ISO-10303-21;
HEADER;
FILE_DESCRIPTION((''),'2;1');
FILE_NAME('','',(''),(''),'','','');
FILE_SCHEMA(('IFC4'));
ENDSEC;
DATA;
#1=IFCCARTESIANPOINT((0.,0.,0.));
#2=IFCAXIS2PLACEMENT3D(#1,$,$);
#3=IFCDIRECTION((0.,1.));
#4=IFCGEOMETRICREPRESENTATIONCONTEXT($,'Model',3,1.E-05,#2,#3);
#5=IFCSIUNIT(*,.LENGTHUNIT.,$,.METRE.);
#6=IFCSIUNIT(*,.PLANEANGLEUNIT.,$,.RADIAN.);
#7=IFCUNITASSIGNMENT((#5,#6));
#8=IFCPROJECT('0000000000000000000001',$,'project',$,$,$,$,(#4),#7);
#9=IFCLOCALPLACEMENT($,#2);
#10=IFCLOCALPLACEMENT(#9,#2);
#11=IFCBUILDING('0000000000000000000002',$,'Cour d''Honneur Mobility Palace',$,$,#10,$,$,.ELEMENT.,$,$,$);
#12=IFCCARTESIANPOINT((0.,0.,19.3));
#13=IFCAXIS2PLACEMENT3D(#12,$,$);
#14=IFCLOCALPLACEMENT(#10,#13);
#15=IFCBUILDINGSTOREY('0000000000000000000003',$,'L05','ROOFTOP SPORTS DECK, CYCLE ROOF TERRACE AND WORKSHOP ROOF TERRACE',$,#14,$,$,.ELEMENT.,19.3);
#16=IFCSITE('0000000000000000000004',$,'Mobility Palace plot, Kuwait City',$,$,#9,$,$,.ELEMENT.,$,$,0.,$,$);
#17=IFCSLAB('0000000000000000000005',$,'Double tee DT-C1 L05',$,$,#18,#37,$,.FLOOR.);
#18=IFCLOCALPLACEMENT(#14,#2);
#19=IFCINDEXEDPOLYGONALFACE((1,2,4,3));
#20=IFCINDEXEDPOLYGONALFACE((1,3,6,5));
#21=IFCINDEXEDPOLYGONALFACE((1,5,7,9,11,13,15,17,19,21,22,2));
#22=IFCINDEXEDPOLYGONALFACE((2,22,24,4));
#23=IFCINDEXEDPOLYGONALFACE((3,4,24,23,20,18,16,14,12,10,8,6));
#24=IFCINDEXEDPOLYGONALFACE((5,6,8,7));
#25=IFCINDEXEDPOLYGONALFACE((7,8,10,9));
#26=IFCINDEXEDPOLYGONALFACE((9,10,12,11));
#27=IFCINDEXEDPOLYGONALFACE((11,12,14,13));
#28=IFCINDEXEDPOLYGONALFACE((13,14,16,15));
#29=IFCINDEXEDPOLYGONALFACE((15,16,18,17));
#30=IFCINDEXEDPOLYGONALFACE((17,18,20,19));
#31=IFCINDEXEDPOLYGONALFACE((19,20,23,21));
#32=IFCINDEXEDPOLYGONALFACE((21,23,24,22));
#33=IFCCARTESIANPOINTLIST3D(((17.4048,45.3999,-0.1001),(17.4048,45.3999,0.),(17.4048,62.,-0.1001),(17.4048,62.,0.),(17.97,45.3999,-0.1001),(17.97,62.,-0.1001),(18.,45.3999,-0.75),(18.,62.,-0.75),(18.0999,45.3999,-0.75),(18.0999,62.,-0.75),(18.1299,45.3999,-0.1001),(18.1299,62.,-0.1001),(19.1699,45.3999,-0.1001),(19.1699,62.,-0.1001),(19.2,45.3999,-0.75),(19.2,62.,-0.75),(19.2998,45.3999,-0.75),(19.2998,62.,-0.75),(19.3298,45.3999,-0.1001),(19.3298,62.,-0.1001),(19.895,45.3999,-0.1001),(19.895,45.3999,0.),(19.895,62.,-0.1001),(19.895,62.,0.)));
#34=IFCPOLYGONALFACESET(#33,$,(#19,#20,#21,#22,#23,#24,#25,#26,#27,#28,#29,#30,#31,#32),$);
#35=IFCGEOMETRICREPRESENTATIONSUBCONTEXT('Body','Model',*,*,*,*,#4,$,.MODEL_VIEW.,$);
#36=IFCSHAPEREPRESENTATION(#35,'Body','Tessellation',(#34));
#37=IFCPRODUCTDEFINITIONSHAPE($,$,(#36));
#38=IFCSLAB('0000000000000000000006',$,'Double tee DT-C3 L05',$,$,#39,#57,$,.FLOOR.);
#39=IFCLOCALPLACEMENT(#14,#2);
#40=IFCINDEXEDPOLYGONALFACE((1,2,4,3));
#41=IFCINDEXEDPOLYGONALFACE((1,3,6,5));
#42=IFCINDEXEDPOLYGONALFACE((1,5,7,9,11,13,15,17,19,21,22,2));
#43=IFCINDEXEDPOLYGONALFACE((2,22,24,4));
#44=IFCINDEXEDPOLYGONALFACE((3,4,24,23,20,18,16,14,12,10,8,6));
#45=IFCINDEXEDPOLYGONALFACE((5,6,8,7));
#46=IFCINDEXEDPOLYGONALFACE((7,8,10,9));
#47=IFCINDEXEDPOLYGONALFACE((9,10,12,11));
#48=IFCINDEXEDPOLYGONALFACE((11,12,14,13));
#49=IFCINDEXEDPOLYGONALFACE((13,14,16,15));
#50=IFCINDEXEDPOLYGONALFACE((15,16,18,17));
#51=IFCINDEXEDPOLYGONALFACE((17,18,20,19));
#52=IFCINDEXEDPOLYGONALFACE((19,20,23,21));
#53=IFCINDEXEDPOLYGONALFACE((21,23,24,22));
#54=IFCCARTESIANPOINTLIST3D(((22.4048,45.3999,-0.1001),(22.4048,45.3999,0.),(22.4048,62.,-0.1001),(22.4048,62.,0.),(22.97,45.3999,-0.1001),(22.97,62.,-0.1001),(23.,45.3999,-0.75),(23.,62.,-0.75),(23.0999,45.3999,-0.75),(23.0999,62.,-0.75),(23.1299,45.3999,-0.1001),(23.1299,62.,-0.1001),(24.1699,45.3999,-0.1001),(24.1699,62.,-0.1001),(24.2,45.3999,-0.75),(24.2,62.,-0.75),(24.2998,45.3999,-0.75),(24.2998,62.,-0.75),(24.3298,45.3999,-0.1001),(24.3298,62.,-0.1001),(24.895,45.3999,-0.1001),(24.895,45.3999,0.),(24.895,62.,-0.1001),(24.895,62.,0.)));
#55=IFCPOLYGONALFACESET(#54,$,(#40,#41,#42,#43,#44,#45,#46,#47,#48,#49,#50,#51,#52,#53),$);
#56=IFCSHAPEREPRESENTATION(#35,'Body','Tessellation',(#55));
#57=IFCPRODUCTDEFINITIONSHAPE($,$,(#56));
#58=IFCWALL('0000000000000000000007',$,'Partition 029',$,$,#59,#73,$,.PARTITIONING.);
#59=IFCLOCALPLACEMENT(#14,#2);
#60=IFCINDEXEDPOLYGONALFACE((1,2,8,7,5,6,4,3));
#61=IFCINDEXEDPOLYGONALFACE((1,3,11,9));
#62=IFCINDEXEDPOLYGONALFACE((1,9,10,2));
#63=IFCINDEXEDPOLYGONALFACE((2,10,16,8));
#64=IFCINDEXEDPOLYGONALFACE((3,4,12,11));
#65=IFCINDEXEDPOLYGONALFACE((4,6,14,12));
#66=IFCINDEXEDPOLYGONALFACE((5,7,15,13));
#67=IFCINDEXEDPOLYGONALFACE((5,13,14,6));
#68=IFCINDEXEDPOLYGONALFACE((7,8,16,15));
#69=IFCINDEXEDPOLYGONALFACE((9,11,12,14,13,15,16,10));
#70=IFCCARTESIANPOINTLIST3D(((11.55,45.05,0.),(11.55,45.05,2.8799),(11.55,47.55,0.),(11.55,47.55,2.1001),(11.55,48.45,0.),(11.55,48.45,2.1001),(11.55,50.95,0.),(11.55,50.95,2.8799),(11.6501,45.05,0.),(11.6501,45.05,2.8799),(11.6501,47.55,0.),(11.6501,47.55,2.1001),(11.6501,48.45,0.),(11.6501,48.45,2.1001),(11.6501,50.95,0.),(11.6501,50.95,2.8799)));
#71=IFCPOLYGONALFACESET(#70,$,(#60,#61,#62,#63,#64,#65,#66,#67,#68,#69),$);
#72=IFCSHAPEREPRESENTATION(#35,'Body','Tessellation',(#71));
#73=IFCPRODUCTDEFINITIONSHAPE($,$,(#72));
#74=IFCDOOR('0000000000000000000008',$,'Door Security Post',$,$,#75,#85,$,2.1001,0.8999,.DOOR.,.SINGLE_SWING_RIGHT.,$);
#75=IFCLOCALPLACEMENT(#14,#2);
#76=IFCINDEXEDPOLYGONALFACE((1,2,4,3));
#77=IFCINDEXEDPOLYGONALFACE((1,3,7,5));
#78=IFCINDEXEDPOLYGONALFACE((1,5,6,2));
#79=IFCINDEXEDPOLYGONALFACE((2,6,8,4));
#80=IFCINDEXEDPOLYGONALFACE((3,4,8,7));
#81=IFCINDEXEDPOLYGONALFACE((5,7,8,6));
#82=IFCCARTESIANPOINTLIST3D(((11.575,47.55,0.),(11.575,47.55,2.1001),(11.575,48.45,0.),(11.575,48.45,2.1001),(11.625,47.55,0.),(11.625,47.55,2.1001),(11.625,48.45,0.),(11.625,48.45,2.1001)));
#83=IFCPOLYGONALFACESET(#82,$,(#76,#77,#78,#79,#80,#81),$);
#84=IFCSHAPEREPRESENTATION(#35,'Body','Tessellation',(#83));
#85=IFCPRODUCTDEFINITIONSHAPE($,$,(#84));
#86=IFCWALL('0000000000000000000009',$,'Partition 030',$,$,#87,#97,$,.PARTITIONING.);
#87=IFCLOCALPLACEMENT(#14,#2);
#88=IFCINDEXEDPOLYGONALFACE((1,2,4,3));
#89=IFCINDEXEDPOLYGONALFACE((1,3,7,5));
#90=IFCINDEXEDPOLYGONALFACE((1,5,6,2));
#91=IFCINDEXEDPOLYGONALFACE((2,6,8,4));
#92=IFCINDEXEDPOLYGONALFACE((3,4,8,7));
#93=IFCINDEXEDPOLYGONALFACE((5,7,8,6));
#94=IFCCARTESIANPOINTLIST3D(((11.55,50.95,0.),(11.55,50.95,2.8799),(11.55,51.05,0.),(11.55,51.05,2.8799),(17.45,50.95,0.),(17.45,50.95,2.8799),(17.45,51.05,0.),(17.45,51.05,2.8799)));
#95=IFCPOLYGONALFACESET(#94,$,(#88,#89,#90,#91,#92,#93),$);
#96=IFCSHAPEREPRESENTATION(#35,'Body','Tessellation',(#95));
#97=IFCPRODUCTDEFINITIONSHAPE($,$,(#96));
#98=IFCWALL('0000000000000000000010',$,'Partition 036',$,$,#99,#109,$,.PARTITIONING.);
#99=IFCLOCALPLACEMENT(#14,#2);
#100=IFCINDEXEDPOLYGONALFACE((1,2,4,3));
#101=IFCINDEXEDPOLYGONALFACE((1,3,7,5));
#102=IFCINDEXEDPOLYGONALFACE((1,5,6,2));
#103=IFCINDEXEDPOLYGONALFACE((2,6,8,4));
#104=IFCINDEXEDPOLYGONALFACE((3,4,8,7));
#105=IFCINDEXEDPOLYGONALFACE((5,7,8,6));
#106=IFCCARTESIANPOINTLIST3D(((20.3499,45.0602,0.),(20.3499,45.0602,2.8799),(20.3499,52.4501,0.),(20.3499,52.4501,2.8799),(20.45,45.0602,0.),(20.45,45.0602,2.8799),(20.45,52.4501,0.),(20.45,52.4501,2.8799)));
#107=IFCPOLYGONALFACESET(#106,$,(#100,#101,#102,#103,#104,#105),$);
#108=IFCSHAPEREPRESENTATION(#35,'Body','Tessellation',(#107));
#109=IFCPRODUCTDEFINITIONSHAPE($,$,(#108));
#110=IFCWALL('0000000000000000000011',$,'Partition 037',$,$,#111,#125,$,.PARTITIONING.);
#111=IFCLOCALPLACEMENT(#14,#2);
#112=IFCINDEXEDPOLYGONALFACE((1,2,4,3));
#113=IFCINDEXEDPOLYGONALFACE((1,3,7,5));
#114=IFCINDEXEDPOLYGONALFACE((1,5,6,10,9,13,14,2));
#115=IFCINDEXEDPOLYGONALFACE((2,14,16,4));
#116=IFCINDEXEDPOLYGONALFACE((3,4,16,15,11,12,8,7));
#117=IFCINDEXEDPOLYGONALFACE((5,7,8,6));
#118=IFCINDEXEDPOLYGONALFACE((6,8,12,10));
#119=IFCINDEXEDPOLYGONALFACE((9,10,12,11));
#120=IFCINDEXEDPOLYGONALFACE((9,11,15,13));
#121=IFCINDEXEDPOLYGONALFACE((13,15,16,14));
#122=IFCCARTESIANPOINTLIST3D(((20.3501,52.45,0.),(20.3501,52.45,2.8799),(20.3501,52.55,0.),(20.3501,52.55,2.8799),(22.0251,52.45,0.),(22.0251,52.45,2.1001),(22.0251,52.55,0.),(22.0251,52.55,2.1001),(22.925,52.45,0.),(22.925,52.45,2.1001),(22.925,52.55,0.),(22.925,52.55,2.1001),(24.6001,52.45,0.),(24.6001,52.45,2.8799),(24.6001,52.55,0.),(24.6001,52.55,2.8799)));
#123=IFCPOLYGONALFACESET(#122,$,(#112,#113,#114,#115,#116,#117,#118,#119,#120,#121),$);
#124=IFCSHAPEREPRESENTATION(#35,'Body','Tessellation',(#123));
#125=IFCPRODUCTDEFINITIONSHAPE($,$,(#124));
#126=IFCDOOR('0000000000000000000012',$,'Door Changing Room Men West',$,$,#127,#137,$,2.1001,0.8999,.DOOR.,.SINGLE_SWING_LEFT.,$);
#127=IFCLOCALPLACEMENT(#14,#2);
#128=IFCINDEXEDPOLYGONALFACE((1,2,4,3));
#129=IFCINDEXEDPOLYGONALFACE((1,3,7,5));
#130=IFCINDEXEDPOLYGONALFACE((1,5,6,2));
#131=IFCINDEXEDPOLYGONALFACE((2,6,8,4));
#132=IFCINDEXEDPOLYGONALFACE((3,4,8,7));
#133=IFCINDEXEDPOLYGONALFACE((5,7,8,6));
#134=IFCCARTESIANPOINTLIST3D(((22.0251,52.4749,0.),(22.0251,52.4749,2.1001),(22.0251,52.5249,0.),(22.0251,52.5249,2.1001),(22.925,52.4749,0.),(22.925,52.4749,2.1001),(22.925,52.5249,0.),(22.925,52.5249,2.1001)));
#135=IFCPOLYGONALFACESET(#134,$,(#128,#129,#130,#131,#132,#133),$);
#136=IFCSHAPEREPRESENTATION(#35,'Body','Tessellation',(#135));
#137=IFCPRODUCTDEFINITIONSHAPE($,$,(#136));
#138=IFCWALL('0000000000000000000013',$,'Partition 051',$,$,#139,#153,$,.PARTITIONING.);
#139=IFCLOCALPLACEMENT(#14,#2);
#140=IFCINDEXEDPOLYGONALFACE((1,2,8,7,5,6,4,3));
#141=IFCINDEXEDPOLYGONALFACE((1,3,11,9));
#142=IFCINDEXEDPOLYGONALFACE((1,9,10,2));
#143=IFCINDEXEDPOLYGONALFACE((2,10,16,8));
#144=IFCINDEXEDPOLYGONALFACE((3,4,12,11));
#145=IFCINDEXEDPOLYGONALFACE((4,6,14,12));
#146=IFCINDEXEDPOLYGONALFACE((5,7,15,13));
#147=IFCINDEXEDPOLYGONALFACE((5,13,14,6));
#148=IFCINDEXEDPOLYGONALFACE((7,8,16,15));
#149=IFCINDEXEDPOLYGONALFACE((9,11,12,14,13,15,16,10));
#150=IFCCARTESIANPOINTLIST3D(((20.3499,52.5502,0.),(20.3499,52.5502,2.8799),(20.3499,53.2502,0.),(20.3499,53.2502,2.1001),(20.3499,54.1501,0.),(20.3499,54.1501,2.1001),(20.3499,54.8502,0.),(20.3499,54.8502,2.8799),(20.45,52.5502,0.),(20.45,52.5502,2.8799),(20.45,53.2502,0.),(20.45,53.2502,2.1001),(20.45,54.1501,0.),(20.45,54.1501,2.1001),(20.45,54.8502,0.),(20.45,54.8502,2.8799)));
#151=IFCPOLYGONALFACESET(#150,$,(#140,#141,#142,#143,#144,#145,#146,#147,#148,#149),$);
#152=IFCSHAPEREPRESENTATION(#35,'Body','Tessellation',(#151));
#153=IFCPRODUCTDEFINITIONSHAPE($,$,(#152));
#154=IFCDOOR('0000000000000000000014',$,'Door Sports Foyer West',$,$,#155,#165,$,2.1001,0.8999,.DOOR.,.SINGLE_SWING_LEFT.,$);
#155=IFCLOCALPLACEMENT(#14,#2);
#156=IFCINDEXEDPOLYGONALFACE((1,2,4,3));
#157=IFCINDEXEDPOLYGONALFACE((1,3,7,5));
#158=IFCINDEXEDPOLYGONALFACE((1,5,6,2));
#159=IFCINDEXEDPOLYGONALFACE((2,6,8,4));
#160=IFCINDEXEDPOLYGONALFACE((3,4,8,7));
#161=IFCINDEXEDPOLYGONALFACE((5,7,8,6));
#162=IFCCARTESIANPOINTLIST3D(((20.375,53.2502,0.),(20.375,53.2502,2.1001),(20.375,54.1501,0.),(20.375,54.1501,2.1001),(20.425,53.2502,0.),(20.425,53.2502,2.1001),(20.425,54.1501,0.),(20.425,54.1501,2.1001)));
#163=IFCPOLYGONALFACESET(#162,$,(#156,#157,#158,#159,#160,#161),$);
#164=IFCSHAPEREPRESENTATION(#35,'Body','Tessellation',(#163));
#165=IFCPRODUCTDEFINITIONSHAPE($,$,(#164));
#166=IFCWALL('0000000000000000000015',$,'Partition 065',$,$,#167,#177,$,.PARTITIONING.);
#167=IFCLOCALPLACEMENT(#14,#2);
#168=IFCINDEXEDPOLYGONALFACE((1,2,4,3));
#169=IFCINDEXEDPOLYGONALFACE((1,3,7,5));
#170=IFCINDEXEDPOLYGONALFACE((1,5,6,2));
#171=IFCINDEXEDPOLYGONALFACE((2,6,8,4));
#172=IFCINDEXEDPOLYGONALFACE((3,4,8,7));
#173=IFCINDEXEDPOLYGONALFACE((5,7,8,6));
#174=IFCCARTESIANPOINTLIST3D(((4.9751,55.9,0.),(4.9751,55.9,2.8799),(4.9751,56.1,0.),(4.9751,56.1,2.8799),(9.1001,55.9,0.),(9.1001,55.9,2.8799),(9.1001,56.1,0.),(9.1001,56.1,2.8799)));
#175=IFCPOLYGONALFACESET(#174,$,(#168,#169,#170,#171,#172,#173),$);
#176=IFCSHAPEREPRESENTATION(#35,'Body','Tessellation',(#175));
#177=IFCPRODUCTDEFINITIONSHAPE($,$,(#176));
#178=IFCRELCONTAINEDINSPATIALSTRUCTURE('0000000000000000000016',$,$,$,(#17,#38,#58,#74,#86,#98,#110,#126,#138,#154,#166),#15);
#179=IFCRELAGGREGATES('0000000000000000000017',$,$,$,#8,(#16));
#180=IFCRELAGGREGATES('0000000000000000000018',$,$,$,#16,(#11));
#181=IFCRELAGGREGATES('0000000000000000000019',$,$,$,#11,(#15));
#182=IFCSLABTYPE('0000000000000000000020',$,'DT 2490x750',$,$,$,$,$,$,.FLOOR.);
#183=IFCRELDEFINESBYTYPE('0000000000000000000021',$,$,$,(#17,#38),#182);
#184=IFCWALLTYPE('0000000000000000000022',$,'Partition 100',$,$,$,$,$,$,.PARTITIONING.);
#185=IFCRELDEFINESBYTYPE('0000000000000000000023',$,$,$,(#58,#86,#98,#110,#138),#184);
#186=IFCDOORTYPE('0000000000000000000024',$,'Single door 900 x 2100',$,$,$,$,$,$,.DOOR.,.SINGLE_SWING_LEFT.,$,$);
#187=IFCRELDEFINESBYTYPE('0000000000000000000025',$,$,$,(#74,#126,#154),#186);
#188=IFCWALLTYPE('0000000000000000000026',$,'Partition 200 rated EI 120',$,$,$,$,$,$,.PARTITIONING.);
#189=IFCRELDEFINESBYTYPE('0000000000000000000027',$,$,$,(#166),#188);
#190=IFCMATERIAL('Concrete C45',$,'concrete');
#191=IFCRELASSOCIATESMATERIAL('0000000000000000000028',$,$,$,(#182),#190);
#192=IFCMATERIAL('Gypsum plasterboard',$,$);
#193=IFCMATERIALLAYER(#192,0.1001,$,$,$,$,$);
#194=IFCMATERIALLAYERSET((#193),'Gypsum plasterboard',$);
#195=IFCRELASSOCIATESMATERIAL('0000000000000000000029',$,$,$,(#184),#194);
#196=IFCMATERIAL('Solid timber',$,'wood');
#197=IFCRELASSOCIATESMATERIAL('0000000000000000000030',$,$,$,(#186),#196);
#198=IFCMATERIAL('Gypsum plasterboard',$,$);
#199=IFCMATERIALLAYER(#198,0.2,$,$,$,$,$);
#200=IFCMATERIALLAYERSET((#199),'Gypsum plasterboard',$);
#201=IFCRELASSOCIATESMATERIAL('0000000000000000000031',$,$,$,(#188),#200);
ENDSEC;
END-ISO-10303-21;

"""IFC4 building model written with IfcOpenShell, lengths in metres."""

from ifc_helpers import new_model, si_unit, direction, frame, frame_2d, origin, place, context, subcontext, project, spatial, polyline, rectangle, outline, extrude, material, layer, layer_set, material_profile, profile_set, type_object, element, fill, save


model = new_model("IFC4")

# Units and contexts
model_context = context("Model", 3, precision=1e-05, world=origin(), true_north=direction((0.0, 1.0)))
body_context = subcontext(model_context, "Body", "Model", "MODEL_VIEW")
ifc_project = project(units=[si_unit("LENGTHUNIT", "METRE"), si_unit("PLANEANGLEUNIT", "RADIAN")], contexts=[model_context])

# Site, building, storey
site_placement = place(None, origin())
site = spatial("IfcSite", under=ifc_project, at=site_placement, Name="Mobility Palace plot, Kuwait City", CompositionType="ELEMENT", RefElevation=0.0)
building_placement = place(site_placement, origin())
building = spatial("IfcBuilding", under=site, at=building_placement, Name="Cour d'Honneur Mobility Palace", CompositionType="ELEMENT")
storey_placement = place(building_placement, frame((0.0, 0.0, 19.3)))
storey = spatial("IfcBuildingStorey", under=building, at=storey_placement, Name="L05", Description="ROOFTOP SPORTS DECK, CYCLE ROOF TERRACE AND WORKSHOP ROOF TERRACE", CompositionType="ELEMENT", Elevation=19.3)

# Slabs
ifc_material_1 = material(Name="Concrete C45", Category="concrete")
ifc_material_profile_1 = material_profile(ifc_material_1, outline(polyline([(-1.2451, 0.0), (1.2451, 0.0), (1.2451, -0.1001), (0.6799, -0.1001), (0.6499, -0.75), (0.55, -0.75), (0.52, -0.1001), (-0.52, -0.1001), (-0.55, -0.75), (-0.6499, -0.75), (-0.6799, -0.1001), (-1.2451, -0.1001), (-1.2451, 0.0)])), Name="DT 2490x750")
ifc_profile_set_1 = profile_set([ifc_material_profile_1], Name="Concrete C45")
slab_type = type_object("IfcSlabType", Name="DT 2490x750", PredefinedType="FLOOR", material=ifc_profile_set_1)
for number, where, z_axis, x_axis, name in (
    (1, (18.6499, 45.3999, 0.0), (0.0, 1.0, 0.0), (-1.0, 0.0, 0.0), "Double tee DT-C1 L05"),
    (2, (23.6499, 45.3999, 0.0), (0.0, 1.0, 0.0), (-1.0, 0.0, 0.0), "Double tee DT-C3 L05"),
):
    element("IfcSlab", number, at=place(storey_placement, frame(where, z_axis=z_axis, x_axis=x_axis)), inside=storey, type_object=slab_type, Name=name, PredefinedType="FLOOR", context=body_context, shape_type="SweptSolid", body=[
        extrude(outline(polyline([(-1.2451, 0.0), (1.2451, 0.0), (1.2451, -0.1001), (0.6799, -0.1001), (0.6499, -0.75), (0.55, -0.75), (0.52, -0.1001), (-0.52, -0.1001), (-0.55, -0.75), (-0.6499, -0.75), (-0.6799, -0.1001), (-1.2451, -0.1001), (-1.2451, 0.0)])), origin(), (0.0, 0.0, 1.0), 16.6001),
    ])

# Wall, opening, door
ifc_material_2 = material(Name="Gypsum plasterboard")
ifc_layer_1 = layer(ifc_material_2, 0.1001)
ifc_layer_set_1 = layer_set([ifc_layer_1], Name="Gypsum plasterboard")
wall_type_1 = type_object("IfcWallType", Name="Partition 100", PredefinedType="PARTITIONING", material=ifc_layer_set_1)
wall_1_placement = place(storey_placement, frame((11.6001, 50.95, 0.0), z_axis=(0.0, 0.0, 1.0), x_axis=(0.0, -1.0, 0.0)))
wall_1 = element("IfcWall", 3, at=wall_1_placement, inside=storey, type_object=wall_type_1, Name="Partition 029", PredefinedType="PARTITIONING", context=body_context, shape_type="SweptSolid", body=[
    extrude(rectangle(XDim=5.8999, YDim=0.1001, at=frame_2d((2.95, 0.0))), origin(), (0.0, 0.0, 1.0), 2.8799),
])
opening_1_placement = place(wall_1_placement, frame((2.5, 0.0, 0.0)))
opening_1 = element("IfcOpeningElement", 4, at=opening_1_placement, cuts=wall_1, PredefinedType="OPENING", context=body_context, shape_type="SweptSolid", body=[
    extrude(rectangle(XDim=0.8999, YDim=2.1001, at=frame_2d((0.45, 1.05))), frame((0.0, 0.0601, 0.0), z_axis=(0.0, -1.0, 0.0), x_axis=(1.0, 0.0, 0.0)), (0.0, 0.0, 1.0), 0.1201),
])
ifc_material_3 = material(Name="Solid timber", Category="wood")
door_type = type_object("IfcDoorType", Name="Single door 900 x 2100", OperationType="SINGLE_SWING_LEFT", PredefinedType="DOOR", material=ifc_material_3)
door_1_placement = place(opening_1_placement, origin())
door_1 = element("IfcDoor", 5, at=door_1_placement, inside=storey, type_object=door_type, Name="Door Security Post", OperationType="SINGLE_SWING_RIGHT", OverallHeight=2.1001, OverallWidth=0.8999, PredefinedType="DOOR", context=body_context, shape_type="SweptSolid", body=[
    extrude(rectangle(XDim=0.8999, YDim=2.1001, at=frame_2d((0.45, 1.05))), frame((0.0, 0.0249, 0.0), z_axis=(0.0, -1.0, 0.0), x_axis=(1.0, 0.0, 0.0)), (0.0, 0.0, 1.0), 0.05),
])
fill(opening_1, door_1)

# Walls
wall_2_placement = place(storey_placement, frame((17.45, 51.0, 0.0), z_axis=(0.0, 0.0, 1.0), x_axis=(-1.0, 0.0, 0.0)))
element("IfcWall", 6, at=wall_2_placement, inside=storey, type_object=wall_type_1, Name="Partition 030", PredefinedType="PARTITIONING", context=body_context, shape_type="SweptSolid", body=[
    extrude(rectangle(XDim=5.8999, YDim=0.1001, at=frame_2d((2.95, 0.0))), origin(), (0.0, 0.0, 1.0), 2.8799),
])
wall_3_placement = place(storey_placement, frame((20.3999, 52.45, 0.0), z_axis=(0.0, 0.0, 1.0), x_axis=(0.0, -1.0, 0.0)))
element("IfcWall", 7, at=wall_3_placement, inside=storey, type_object=wall_type_1, Name="Partition 036", PredefinedType="PARTITIONING", context=body_context, shape_type="SweptSolid", body=[
    extrude(rectangle(XDim=7.3899, YDim=0.1001, at=frame_2d((3.6948, 0.0))), origin(), (0.0, 0.0, 1.0), 2.8799),
])

# Walls, openings, doors
wall_4_placement = place(storey_placement, frame((20.3501, 52.5, 0.0), z_axis=(0.0, 0.0, 1.0), x_axis=(1.0, 0.0, 0.0)))
wall_4 = element("IfcWall", 8, at=wall_4_placement, inside=storey, type_object=wall_type_1, Name="Partition 037", PredefinedType="PARTITIONING", context=body_context, shape_type="SweptSolid", body=[
    extrude(rectangle(XDim=4.25, YDim=0.1001, at=frame_2d((2.125, 0.0))), origin(), (0.0, 0.0, 1.0), 2.8799),
])
opening_2_placement = place(wall_4_placement, frame((1.675, 0.0, 0.0)))
opening_2 = element("IfcOpeningElement", 9, at=opening_2_placement, cuts=wall_4, PredefinedType="OPENING", context=body_context, shape_type="SweptSolid", body=[
    extrude(rectangle(XDim=0.8999, YDim=2.1001, at=frame_2d((0.45, 1.05))), frame((0.0, 0.0601, 0.0), z_axis=(0.0, -1.0, 0.0), x_axis=(1.0, 0.0, 0.0)), (0.0, 0.0, 1.0), 0.1201),
])
door_2_placement = place(opening_2_placement, origin())
door_2 = element("IfcDoor", 10, at=door_2_placement, inside=storey, type_object=door_type, Name="Door Changing Room Men West", OperationType="SINGLE_SWING_LEFT", OverallHeight=2.1001, OverallWidth=0.8999, PredefinedType="DOOR", context=body_context, shape_type="SweptSolid", body=[
    extrude(rectangle(XDim=0.8999, YDim=2.1001, at=frame_2d((0.45, 1.05))), frame((0.0, 0.0249, 0.0), z_axis=(0.0, -1.0, 0.0), x_axis=(1.0, 0.0, 0.0)), (0.0, 0.0, 1.0), 0.05),
])
fill(opening_2, door_2)
wall_5_placement = place(storey_placement, frame((20.3999, 54.8501, 0.0), z_axis=(0.0, 0.0, 1.0), x_axis=(0.0, -1.0, 0.0)))
wall_5 = element("IfcWall", 11, at=wall_5_placement, inside=storey, type_object=wall_type_1, Name="Partition 051", PredefinedType="PARTITIONING", context=body_context, shape_type="SweptSolid", body=[
    extrude(rectangle(XDim=2.3, YDim=0.1001, at=frame_2d((1.1499, 0.0))), origin(), (0.0, 0.0, 1.0), 2.8799),
])
opening_3_placement = place(wall_5_placement, frame((0.7, 0.0, 0.0)))
opening_3 = element("IfcOpeningElement", 12, at=opening_3_placement, cuts=wall_5, PredefinedType="OPENING", context=body_context, shape_type="SweptSolid", body=[
    extrude(rectangle(XDim=0.8999, YDim=2.1001, at=frame_2d((0.45, 1.05))), frame((0.0, 0.0601, 0.0), z_axis=(0.0, -1.0, 0.0), x_axis=(1.0, 0.0, 0.0)), (0.0, 0.0, 1.0), 0.1201),
])
door_3_placement = place(opening_3_placement, frame((0.8999, 0.0, 0.0), z_axis=(0.0, 0.0, 1.0), x_axis=(-1.0, 0.0, 0.0)))
door_3 = element("IfcDoor", 13, at=door_3_placement, inside=storey, type_object=door_type, Name="Door Sports Foyer West", OperationType="SINGLE_SWING_LEFT", OverallHeight=2.1001, OverallWidth=0.8999, PredefinedType="DOOR", context=body_context, shape_type="SweptSolid", body=[
    extrude(rectangle(XDim=0.8999, YDim=2.1001, at=frame_2d((0.45, 1.05))), frame((0.0, 0.0249, 0.0), z_axis=(0.0, -1.0, 0.0), x_axis=(1.0, 0.0, 0.0)), (0.0, 0.0, 1.0), 0.05),
])
fill(opening_3, door_3)

# Wall
ifc_material_4 = material(Name="Gypsum plasterboard")
ifc_layer_2 = layer(ifc_material_4, 0.2)
ifc_layer_set_2 = layer_set([ifc_layer_2], Name="Gypsum plasterboard")
wall_type_2 = type_object("IfcWallType", Name="Partition 200 rated EI 120", PredefinedType="PARTITIONING", material=ifc_layer_set_2)
wall_6_placement = place(storey_placement, frame((9.1001, 56.0, 0.0), z_axis=(0.0, 0.0, 1.0), x_axis=(-1.0, 0.0, 0.0)))
element("IfcWall", 14, at=wall_6_placement, inside=storey, type_object=wall_type_2, Name="Partition 065", PredefinedType="PARTITIONING", context=body_context, shape_type="SweptSolid", body=[
    extrude(rectangle(XDim=4.125, YDim=0.2, at=frame_2d((2.0625, 0.0))), origin(), (0.0, 0.0, 1.0), 2.8799),
])

save(model, "model.ifc")
